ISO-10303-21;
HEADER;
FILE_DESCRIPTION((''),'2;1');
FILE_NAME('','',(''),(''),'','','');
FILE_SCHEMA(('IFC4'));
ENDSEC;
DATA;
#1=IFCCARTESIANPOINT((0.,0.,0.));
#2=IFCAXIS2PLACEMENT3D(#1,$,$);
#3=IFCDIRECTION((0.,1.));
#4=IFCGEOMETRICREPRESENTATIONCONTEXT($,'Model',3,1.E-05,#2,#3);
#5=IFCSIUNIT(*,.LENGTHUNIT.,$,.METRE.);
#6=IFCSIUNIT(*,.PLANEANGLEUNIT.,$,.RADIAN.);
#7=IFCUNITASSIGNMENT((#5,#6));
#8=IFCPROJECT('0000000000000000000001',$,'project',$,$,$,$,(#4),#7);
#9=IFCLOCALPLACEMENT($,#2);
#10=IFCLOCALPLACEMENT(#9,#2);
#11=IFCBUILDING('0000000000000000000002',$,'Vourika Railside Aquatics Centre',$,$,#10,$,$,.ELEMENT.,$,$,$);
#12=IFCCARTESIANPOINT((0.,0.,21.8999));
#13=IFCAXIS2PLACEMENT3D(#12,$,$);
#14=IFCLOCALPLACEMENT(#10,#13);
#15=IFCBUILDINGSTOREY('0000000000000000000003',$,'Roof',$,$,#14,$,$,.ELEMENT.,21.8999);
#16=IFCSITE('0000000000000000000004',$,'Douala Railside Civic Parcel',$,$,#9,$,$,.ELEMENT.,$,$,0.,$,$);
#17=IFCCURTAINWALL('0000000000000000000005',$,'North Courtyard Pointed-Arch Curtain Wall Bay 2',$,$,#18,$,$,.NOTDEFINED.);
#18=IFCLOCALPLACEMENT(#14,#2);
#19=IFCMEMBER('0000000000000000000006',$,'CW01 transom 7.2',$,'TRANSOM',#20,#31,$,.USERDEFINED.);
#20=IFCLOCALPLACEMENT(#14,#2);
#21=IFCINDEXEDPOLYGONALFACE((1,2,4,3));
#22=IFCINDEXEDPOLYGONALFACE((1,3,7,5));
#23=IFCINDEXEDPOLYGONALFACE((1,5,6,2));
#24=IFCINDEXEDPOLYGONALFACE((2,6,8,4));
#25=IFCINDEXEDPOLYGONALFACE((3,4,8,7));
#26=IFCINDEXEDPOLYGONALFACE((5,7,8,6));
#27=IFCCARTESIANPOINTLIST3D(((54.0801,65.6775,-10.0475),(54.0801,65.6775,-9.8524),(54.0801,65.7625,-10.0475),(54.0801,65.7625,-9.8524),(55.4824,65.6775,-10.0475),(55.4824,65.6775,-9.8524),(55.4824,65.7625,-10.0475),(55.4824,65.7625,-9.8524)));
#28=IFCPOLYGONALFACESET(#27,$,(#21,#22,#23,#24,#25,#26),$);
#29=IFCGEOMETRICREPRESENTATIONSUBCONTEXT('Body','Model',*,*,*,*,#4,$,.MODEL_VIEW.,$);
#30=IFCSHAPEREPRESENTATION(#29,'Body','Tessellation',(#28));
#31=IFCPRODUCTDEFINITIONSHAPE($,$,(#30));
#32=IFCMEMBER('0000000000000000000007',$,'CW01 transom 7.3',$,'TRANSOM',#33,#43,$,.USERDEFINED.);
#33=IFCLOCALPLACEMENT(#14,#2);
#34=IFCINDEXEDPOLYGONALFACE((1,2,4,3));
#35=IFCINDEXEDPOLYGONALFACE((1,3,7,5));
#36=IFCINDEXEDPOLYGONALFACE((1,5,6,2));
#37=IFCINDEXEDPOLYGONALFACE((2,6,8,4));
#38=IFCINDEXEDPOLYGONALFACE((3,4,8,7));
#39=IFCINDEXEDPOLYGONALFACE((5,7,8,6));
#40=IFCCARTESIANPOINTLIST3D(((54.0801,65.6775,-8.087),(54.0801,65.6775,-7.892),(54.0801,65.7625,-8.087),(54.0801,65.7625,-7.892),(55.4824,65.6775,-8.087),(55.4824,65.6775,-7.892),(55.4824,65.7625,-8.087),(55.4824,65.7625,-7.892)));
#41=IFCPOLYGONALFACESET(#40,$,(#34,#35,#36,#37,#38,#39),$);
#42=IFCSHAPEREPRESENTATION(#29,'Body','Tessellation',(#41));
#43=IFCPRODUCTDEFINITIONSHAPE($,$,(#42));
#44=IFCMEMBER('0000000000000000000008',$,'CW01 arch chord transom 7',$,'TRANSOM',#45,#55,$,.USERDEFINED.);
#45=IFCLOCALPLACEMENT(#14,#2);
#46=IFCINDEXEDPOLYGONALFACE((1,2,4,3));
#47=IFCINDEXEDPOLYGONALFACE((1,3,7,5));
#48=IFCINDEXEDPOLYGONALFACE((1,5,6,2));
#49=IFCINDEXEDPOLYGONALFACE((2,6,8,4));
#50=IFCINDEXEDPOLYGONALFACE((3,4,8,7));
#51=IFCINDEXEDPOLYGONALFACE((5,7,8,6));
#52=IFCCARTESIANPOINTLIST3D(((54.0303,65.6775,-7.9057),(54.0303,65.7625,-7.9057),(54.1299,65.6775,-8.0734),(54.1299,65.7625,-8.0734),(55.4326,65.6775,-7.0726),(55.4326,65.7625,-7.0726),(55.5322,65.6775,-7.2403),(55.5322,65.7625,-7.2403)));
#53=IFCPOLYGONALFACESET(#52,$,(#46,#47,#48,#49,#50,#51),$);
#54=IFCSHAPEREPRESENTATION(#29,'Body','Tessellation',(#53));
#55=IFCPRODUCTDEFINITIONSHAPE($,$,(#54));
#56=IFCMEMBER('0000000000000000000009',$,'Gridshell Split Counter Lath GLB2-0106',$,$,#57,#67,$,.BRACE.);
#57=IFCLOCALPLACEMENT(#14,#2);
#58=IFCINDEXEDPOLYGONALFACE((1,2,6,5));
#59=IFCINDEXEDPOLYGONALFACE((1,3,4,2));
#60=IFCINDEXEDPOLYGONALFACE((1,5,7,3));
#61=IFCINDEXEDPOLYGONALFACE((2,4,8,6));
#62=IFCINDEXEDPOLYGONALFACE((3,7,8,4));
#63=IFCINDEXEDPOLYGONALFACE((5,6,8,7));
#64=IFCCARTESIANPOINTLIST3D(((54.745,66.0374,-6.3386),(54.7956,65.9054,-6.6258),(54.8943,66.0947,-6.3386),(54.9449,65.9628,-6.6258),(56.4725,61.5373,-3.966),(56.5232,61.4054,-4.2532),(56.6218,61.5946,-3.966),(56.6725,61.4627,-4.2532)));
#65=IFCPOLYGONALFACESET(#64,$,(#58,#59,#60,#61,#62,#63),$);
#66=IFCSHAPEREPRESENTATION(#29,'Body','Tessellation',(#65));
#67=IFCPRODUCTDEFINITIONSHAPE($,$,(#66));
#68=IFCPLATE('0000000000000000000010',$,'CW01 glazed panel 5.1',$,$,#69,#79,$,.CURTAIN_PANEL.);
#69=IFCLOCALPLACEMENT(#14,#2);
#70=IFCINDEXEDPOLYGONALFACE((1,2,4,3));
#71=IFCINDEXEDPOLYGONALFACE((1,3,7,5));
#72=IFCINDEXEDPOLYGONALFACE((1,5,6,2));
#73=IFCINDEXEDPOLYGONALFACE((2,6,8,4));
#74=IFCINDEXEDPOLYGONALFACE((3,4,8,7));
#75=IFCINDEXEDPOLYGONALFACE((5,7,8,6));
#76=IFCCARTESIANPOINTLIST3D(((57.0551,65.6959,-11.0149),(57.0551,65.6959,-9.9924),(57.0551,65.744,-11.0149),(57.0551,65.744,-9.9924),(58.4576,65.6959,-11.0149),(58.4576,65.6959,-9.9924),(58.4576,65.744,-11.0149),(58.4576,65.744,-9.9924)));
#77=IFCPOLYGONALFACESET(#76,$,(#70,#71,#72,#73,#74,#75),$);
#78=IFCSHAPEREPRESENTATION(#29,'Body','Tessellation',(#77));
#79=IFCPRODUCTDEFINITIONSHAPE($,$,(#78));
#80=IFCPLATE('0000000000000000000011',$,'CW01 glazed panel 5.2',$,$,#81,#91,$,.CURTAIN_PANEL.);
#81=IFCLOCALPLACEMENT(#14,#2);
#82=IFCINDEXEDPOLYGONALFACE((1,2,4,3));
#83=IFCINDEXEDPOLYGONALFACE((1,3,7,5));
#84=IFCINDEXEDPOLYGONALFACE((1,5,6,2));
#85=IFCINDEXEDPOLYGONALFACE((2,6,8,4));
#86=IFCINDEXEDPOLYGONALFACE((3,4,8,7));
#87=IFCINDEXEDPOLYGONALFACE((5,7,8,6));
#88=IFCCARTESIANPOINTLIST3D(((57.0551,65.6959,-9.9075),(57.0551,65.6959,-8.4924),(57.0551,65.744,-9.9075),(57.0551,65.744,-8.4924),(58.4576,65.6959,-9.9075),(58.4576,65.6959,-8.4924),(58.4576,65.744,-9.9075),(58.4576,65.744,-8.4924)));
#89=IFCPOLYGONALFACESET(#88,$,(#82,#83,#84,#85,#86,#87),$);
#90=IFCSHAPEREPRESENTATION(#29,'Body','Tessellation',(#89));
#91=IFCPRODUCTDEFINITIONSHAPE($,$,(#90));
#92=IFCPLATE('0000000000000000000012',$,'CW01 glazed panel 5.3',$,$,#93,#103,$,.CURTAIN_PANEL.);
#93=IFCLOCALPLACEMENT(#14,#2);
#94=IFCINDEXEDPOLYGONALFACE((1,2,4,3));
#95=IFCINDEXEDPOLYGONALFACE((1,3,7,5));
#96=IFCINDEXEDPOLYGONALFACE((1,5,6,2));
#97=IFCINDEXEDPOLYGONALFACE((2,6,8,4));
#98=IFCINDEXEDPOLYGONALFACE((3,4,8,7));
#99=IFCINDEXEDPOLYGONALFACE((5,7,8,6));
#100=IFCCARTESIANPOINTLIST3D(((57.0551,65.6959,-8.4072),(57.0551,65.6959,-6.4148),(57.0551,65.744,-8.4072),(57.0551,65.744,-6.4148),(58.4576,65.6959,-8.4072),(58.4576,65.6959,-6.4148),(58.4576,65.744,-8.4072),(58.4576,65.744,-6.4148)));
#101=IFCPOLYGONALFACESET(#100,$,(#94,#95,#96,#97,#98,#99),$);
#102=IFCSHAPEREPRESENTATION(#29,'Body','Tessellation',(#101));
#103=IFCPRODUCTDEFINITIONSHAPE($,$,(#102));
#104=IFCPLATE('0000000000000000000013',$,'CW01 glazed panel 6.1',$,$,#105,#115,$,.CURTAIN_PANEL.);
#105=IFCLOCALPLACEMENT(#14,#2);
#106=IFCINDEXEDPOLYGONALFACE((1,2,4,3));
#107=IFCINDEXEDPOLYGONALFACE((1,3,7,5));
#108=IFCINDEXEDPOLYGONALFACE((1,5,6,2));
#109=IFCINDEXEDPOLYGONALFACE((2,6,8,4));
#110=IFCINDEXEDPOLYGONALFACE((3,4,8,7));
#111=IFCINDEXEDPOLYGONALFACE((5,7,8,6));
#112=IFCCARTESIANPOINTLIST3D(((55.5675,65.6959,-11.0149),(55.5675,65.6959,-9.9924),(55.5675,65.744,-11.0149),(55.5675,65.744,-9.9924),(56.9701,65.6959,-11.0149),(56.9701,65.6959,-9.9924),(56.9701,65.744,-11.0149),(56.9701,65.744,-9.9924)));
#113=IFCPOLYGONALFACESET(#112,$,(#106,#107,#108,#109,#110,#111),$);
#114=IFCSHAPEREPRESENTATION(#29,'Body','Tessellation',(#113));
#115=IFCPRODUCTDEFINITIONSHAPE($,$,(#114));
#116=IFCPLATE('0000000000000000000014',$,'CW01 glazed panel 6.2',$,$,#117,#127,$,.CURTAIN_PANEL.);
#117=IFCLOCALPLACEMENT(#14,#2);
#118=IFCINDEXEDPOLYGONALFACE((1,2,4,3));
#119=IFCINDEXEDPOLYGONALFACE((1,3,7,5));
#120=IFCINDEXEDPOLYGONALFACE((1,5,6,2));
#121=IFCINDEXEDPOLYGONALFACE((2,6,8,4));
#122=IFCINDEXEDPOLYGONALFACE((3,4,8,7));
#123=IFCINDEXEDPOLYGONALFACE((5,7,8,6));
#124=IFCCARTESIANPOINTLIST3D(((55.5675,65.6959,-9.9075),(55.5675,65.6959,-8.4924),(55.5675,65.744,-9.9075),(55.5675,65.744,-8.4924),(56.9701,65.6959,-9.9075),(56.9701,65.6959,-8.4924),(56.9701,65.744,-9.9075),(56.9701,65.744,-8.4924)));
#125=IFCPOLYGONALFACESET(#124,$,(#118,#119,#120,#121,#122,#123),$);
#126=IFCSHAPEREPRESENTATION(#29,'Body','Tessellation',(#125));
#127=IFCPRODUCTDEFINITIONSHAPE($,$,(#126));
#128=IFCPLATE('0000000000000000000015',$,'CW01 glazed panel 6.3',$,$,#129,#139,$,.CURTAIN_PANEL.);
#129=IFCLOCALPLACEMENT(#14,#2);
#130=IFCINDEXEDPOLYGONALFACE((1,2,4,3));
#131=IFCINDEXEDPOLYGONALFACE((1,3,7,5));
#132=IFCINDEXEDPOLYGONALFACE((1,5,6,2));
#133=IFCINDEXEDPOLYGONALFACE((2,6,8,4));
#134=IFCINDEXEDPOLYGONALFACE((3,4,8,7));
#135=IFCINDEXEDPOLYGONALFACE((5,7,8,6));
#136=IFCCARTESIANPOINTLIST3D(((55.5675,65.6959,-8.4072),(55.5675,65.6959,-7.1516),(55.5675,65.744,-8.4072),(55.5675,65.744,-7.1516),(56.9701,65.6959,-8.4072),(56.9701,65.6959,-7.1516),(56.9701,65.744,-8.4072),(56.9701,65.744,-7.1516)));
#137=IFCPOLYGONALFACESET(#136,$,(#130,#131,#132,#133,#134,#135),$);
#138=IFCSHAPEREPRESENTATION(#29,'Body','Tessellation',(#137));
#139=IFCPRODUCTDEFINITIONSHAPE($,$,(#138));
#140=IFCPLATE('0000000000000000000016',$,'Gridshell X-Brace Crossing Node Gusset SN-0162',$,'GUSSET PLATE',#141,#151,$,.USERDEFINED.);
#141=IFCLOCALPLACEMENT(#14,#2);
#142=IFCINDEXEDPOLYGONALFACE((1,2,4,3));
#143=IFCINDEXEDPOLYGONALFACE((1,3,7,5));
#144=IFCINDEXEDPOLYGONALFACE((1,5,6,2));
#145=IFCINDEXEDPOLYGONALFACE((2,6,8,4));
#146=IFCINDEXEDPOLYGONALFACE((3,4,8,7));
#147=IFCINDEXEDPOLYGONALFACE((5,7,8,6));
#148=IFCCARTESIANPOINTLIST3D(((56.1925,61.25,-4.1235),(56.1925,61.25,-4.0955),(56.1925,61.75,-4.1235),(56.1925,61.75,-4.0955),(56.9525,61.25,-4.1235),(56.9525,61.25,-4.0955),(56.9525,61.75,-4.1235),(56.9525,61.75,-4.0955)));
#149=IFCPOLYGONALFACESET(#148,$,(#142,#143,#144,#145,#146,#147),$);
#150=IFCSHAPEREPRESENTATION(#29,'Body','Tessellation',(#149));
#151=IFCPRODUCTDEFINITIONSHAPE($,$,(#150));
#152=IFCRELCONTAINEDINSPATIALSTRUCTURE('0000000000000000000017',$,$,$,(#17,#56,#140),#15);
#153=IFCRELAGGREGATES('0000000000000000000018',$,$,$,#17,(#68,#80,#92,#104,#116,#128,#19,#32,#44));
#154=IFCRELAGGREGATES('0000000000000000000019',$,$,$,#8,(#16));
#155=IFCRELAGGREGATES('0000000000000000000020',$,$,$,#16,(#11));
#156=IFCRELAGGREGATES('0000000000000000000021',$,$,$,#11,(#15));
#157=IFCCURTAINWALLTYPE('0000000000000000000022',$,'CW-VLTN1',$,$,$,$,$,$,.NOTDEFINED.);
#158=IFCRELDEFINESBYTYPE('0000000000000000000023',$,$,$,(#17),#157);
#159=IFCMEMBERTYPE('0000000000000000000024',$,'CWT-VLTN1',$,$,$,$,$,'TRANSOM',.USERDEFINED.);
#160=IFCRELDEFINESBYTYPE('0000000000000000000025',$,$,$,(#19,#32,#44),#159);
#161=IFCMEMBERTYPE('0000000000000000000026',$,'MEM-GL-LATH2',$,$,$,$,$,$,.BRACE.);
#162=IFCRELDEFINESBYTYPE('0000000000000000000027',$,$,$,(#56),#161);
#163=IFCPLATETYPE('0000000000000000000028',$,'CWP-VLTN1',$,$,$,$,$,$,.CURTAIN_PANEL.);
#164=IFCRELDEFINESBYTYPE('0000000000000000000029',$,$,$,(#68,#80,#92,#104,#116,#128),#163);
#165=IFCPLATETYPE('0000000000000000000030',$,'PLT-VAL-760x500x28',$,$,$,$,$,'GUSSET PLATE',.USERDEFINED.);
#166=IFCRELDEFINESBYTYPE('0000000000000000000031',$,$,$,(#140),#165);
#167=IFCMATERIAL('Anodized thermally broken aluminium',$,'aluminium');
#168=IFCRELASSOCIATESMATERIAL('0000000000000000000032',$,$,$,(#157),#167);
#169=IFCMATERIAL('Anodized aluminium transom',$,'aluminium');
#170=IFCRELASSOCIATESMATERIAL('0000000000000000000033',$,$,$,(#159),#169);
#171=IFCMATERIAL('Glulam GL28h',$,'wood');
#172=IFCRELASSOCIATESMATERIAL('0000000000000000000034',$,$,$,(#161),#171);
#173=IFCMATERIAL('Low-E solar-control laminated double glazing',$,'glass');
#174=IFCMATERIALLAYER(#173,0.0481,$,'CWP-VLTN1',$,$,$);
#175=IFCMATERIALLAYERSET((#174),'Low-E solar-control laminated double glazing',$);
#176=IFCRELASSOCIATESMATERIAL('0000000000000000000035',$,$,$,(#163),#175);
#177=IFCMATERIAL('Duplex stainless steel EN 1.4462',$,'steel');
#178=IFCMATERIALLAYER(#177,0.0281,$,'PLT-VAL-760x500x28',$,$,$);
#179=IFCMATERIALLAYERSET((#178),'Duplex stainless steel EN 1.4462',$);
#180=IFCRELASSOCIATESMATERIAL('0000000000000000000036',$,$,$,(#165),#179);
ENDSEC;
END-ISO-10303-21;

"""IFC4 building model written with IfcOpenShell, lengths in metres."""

from ifc_helpers import new_model, si_unit, direction, frame, origin, origin_2d, place, context, subcontext, project, spatial, rectangle, extrude, material, layer, layer_set, material_profile, profile_set, type_object, element, aggregate, save


model = new_model("IFC4")

# Units and contexts
model_context = context("Model", 3, precision=1e-05, world=origin(), true_north=direction((0.0, 1.0)))
body_context = subcontext(model_context, "Body", "Model", "MODEL_VIEW")
ifc_project = project(units=[si_unit("LENGTHUNIT", "METRE"), si_unit("PLANEANGLEUNIT", "RADIAN")], contexts=[model_context])

# Site, building, storey
site_placement = place(None, origin())
site = spatial("IfcSite", under=ifc_project, at=site_placement, Name="Douala Railside Civic Parcel", CompositionType="ELEMENT", RefElevation=0.0)
building_placement = place(site_placement, origin())
building = spatial("IfcBuilding", under=site, at=building_placement, Name="Vourika Railside Aquatics Centre", CompositionType="ELEMENT")
storey_placement = place(building_placement, frame((0.0, 0.0, 21.8999)))
storey = spatial("IfcBuildingStorey", under=building, at=storey_placement, Name="Roof", CompositionType="ELEMENT", Elevation=21.8999)

# Curtain wall, members
ifc_material_1 = material(Name="Anodized thermally broken aluminium", Category="aluminium")
curtain_wall_type = type_object("IfcCurtainWallType", Name="CW-VLTN1", PredefinedType="NOTDEFINED", material=ifc_material_1)
curtain_wall_placement = place(storey_placement, origin())
curtain_wall = element("IfcCurtainWall", 1, at=curtain_wall_placement, inside=storey, type_object=curtain_wall_type, Name="North Courtyard Pointed-Arch Curtain Wall Bay 2", PredefinedType="NOTDEFINED")
ifc_material_2 = material(Name="Anodized aluminium transom", Category="aluminium")
ifc_material_profile_1 = material_profile(ifc_material_2, rectangle(XDim=0.085, YDim=0.1951, at=origin_2d()), Name="ALU-T 85x195")
ifc_profile_set_1 = profile_set([ifc_material_profile_1], Name="Anodized aluminium transom")
member_type_1 = type_object("IfcMemberType", Name="CWT-VLTN1", ElementType="TRANSOM", PredefinedType="USERDEFINED", material=ifc_profile_set_1)
member_1_placement = place(storey_placement, frame((55.4824, 65.72, -9.95), z_axis=(-1.0, 0.0, 0.0), x_axis=(0.0, -1.0, 0.0)))
member_1 = element("IfcMember", 2, at=member_1_placement, type_object=member_type_1, Name="CW01 transom 7.2", ObjectType="TRANSOM", PredefinedType="USERDEFINED", context=body_context, shape_type="SweptSolid", body=[
    extrude(rectangle(XDim=0.085, YDim=0.1951, at=origin_2d()), origin(), (0.0, 0.0, 1.0), 1.4023),
])
member_2_placement = place(storey_placement, frame((55.4824, 65.72, -7.9895), z_axis=(-1.0, 0.0, 0.0), x_axis=(0.0, -1.0, 0.0)))
member_2 = element("IfcMember", 3, at=member_2_placement, type_object=member_type_1, Name="CW01 transom 7.3", ObjectType="TRANSOM", PredefinedType="USERDEFINED", context=body_context, shape_type="SweptSolid", body=[
    extrude(rectangle(XDim=0.085, YDim=0.1951, at=origin_2d()), origin(), (0.0, 0.0, 1.0), 1.4023),
])
member_3_placement = place(storey_placement, frame((55.4824, 65.72, -7.1565), z_axis=(-0.859756, 0.0, -0.510705), x_axis=(0.0, -1.0, 0.0)))
member_3 = element("IfcMember", 4, at=member_3_placement, type_object=member_type_1, Name="CW01 arch chord transom 7", ObjectType="TRANSOM", PredefinedType="USERDEFINED", context=body_context, shape_type="SweptSolid", body=[
    extrude(rectangle(XDim=0.085, YDim=0.1951, at=origin_2d()), origin(), (0.0, 0.0, 1.0), 1.6311),
])

# Member
ifc_material_3 = material(Name="Glulam GL28h", Category="wood")
ifc_material_profile_2 = material_profile(ifc_material_3, rectangle(XDim=0.1599, YDim=0.3201, at=origin_2d()), Name="GL28h 160x320")
ifc_profile_set_2 = profile_set([ifc_material_profile_2], Name="Glulam GL28h")
member_type_2 = type_object("IfcMemberType", Name="MEM-GL-LATH2", PredefinedType="BRACE", material=ifc_profile_set_2)
member_4_placement = place(storey_placement, frame((56.5725, 61.5, -4.1096), z_axis=(-0.321554, 0.837604, -0.441614), x_axis=(-0.93357, -0.358395, 0.0)))
element("IfcMember", 5, at=member_4_placement, inside=storey, type_object=member_type_2, Name="Gridshell Split Counter Lath GLB2-0106", PredefinedType="BRACE", context=body_context, shape_type="SweptSolid", body=[
    extrude(rectangle(XDim=0.1599, YDim=0.3201, at=origin_2d()), origin(), (0.0, 0.0, 1.0), 5.3726),
])

# Plates
ifc_material_4 = material(Name="Low-E solar-control laminated double glazing", Category="glass")
ifc_layer_1 = layer(ifc_material_4, 0.0481, Name="CWP-VLTN1")
ifc_layer_set_1 = layer_set([ifc_layer_1], Name="Low-E solar-control laminated double glazing")
plate_type_1 = type_object("IfcPlateType", Name="CWP-VLTN1", PredefinedType="CURTAIN_PANEL", material=ifc_layer_set_1)
plate_1_placement = place(storey_placement, frame((57.7563, 65.72, -11.0149), z_axis=(0.0, 0.0, 1.0), x_axis=(-1.0, 0.0, 0.0)))
plate_1 = element("IfcPlate", 6, at=plate_1_placement, type_object=plate_type_1, Name="CW01 glazed panel 5.1", PredefinedType="CURTAIN_PANEL", context=body_context, shape_type="SweptSolid", body=[
    extrude(rectangle(XDim=1.4026, YDim=0.0481, at=origin_2d()), origin(), (0.0, 0.0, 1.0), 1.0225),
])
plate_2_placement = place(storey_placement, frame((57.7563, 65.72, -9.9075), z_axis=(0.0, 0.0, 1.0), x_axis=(-1.0, 0.0, 0.0)))
plate_2 = element("IfcPlate", 7, at=plate_2_placement, type_object=plate_type_1, Name="CW01 glazed panel 5.2", PredefinedType="CURTAIN_PANEL", context=body_context, shape_type="SweptSolid", body=[
    extrude(rectangle(XDim=1.4026, YDim=0.0481, at=origin_2d()), origin(), (0.0, 0.0, 1.0), 1.415),
])
plate_3_placement = place(storey_placement, frame((57.7563, 65.72, -8.4072), z_axis=(0.0, 0.0, 1.0), x_axis=(-1.0, 0.0, 0.0)))
plate_3 = element("IfcPlate", 8, at=plate_3_placement, type_object=plate_type_1, Name="CW01 glazed panel 5.3", PredefinedType="CURTAIN_PANEL", context=body_context, shape_type="SweptSolid", body=[
    extrude(rectangle(XDim=1.4026, YDim=0.0481, at=origin_2d()), origin(), (0.0, 0.0, 1.0), 1.9924),
])
plate_4_placement = place(storey_placement, frame((56.2688, 65.72, -11.0149), z_axis=(0.0, 0.0, 1.0), x_axis=(-1.0, 0.0, 0.0)))
plate_4 = element("IfcPlate", 9, at=plate_4_placement, type_object=plate_type_1, Name="CW01 glazed panel 6.1", PredefinedType="CURTAIN_PANEL", context=body_context, shape_type="SweptSolid", body=[
    extrude(rectangle(XDim=1.4026, YDim=0.0481, at=origin_2d()), origin(), (0.0, 0.0, 1.0), 1.0225),
])
plate_5_placement = place(storey_placement, frame((56.2688, 65.72, -9.9075), z_axis=(0.0, 0.0, 1.0), x_axis=(-1.0, 0.0, 0.0)))
plate_5 = element("IfcPlate", 10, at=plate_5_placement, type_object=plate_type_1, Name="CW01 glazed panel 6.2", PredefinedType="CURTAIN_PANEL", context=body_context, shape_type="SweptSolid", body=[
    extrude(rectangle(XDim=1.4026, YDim=0.0481, at=origin_2d()), origin(), (0.0, 0.0, 1.0), 1.415),
])
plate_6_placement = place(storey_placement, frame((56.2688, 65.72, -8.4072), z_axis=(0.0, 0.0, 1.0), x_axis=(-1.0, 0.0, 0.0)))
plate_6 = element("IfcPlate", 11, at=plate_6_placement, type_object=plate_type_1, Name="CW01 glazed panel 6.3", PredefinedType="CURTAIN_PANEL", context=body_context, shape_type="SweptSolid", body=[
    extrude(rectangle(XDim=1.4026, YDim=0.0481, at=origin_2d()), origin(), (0.0, 0.0, 1.0), 1.2556),
])
aggregate(curtain_wall, [plate_1, plate_2, plate_3, plate_4, plate_5, plate_6, member_1, member_2, member_3])
ifc_material_5 = material(Name="Duplex stainless steel EN 1.4462", Category="steel")
ifc_layer_2 = layer(ifc_material_5, 0.0281, Name="PLT-VAL-760x500x28")
ifc_layer_set_2 = layer_set([ifc_layer_2], Name="Duplex stainless steel EN 1.4462")
plate_type_2 = type_object("IfcPlateType", Name="PLT-VAL-760x500x28", ElementType="GUSSET PLATE", PredefinedType="USERDEFINED", material=ifc_layer_set_2)
plate_7_placement = place(storey_placement, frame((56.5725, 61.5, -4.1235), z_axis=(0.0, 0.0, 1.0), x_axis=(1.0, 0.0, 0.0)))
element("IfcPlate", 12, at=plate_7_placement, inside=storey, type_object=plate_type_2, Name="Gridshell X-Brace Crossing Node Gusset SN-0162", ObjectType="GUSSET PLATE", PredefinedType="USERDEFINED", context=body_context, shape_type="SweptSolid", body=[
    extrude(rectangle(XDim=0.76, YDim=0.5, at=origin_2d()), origin(), (0.0, 0.0, 1.0), 0.0281),
])

save(model, "model.ifc")
